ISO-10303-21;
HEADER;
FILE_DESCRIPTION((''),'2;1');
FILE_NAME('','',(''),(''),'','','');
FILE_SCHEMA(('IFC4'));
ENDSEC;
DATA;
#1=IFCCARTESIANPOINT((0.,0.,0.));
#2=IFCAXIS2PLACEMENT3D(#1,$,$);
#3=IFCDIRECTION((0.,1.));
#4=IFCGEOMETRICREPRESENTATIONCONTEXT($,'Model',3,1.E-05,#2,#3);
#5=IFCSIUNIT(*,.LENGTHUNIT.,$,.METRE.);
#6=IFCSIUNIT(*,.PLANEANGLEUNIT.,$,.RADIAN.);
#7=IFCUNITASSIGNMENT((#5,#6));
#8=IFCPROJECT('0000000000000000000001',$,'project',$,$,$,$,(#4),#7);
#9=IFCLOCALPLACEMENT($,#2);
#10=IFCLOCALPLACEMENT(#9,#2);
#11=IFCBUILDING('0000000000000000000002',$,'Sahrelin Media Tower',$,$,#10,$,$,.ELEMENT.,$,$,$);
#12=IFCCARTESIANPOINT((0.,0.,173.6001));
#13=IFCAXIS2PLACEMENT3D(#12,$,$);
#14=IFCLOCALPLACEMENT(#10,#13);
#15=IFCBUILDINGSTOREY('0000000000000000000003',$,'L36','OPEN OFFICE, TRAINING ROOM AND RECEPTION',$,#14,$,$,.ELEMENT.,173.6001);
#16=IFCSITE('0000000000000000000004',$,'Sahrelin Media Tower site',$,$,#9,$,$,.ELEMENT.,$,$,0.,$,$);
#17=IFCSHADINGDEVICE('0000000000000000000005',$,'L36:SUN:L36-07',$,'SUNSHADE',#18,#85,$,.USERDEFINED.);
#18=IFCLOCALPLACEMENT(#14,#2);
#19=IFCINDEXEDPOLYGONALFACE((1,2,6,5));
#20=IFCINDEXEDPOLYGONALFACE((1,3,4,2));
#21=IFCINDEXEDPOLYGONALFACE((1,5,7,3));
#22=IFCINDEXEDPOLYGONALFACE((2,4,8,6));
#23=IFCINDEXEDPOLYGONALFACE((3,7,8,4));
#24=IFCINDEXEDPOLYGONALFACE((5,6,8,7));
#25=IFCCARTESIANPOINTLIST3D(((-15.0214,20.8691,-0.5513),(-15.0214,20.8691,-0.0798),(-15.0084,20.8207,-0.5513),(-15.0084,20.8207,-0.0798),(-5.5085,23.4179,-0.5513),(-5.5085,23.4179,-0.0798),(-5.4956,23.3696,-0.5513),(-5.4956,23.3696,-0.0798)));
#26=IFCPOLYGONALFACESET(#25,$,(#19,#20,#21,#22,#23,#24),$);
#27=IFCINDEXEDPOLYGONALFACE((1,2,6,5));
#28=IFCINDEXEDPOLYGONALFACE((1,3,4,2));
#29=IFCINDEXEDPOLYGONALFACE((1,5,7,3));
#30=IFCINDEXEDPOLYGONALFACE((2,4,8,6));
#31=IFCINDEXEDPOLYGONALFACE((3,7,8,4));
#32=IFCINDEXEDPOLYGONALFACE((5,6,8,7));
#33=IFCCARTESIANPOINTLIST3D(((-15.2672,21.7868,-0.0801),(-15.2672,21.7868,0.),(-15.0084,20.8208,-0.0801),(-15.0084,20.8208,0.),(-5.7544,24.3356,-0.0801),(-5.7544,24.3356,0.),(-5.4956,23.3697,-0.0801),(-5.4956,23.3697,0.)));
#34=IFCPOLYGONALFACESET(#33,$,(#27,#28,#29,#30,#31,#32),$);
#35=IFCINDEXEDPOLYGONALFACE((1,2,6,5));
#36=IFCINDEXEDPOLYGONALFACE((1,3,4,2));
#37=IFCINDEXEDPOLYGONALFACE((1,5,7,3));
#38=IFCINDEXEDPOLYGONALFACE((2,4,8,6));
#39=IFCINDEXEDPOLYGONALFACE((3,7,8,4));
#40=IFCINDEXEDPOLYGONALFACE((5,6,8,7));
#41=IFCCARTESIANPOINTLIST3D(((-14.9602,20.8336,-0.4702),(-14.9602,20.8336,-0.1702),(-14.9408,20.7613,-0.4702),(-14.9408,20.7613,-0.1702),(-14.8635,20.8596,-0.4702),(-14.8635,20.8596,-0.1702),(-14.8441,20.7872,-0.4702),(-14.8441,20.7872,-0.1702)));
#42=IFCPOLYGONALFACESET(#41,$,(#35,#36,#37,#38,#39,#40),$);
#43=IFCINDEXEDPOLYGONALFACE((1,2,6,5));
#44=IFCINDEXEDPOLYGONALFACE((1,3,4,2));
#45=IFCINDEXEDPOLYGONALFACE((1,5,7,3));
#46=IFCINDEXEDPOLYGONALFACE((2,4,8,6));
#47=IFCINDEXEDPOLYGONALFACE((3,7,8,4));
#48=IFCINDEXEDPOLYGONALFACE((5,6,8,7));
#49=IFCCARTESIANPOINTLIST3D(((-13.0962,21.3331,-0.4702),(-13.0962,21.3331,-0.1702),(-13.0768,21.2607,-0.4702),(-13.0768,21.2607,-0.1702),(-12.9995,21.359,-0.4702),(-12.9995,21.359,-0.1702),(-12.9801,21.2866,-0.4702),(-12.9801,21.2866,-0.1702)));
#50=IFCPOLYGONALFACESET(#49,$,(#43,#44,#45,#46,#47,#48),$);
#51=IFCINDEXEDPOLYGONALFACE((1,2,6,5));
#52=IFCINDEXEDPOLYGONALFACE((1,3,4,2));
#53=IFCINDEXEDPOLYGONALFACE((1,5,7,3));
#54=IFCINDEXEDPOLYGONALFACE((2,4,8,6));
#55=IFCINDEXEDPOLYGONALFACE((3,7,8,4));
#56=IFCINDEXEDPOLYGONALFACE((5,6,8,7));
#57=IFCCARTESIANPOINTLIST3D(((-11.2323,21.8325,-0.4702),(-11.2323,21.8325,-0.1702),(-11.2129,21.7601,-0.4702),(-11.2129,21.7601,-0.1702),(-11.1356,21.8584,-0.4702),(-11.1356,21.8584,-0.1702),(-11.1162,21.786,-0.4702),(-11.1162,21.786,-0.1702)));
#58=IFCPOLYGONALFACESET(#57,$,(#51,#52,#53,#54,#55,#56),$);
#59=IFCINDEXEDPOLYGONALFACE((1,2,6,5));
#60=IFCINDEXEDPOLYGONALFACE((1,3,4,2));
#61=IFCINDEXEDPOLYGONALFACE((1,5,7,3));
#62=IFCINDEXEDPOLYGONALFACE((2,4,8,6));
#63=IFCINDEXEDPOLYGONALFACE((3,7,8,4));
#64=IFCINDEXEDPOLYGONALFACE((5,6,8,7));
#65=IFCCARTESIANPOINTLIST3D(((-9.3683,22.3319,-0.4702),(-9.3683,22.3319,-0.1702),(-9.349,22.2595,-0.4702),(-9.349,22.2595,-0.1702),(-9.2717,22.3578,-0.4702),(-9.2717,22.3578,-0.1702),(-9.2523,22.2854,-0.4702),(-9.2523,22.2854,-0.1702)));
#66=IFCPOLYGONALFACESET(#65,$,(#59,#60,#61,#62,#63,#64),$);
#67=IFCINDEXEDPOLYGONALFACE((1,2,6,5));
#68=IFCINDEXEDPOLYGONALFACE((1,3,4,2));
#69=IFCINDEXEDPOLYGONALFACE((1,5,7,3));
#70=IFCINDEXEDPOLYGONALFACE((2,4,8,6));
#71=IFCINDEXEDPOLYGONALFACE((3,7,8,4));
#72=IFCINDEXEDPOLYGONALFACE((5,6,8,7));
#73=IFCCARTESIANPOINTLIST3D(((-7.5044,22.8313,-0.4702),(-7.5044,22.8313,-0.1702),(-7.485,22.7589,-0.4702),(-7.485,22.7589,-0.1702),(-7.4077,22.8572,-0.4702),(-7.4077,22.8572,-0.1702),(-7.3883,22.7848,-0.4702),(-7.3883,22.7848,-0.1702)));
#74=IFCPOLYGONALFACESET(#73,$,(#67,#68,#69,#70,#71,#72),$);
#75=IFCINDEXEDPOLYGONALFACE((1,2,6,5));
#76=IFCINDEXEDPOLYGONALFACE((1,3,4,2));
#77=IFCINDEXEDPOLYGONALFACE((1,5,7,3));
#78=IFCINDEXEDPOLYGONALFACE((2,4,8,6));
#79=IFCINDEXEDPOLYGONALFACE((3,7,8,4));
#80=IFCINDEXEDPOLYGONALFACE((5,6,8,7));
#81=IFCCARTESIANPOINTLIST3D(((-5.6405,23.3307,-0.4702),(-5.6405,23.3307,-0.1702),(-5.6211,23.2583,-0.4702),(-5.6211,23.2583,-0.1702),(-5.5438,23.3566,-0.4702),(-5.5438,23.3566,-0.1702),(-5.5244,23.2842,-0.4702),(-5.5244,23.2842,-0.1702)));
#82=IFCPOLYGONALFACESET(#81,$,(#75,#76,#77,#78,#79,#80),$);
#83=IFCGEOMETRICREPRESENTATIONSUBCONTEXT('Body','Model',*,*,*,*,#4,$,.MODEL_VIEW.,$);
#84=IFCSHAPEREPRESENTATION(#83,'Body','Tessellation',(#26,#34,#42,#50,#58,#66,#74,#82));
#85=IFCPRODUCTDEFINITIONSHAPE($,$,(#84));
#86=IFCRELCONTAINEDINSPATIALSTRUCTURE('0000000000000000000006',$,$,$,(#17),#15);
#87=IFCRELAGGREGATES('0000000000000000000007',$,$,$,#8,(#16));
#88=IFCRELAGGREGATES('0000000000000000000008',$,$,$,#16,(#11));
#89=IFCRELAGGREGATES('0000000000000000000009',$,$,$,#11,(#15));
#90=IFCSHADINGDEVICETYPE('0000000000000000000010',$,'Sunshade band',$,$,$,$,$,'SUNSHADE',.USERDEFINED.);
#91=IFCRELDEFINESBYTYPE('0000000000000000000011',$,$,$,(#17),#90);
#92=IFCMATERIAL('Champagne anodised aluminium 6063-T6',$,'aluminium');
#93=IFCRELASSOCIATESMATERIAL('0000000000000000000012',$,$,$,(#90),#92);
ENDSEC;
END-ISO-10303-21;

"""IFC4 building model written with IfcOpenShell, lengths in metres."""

from ifc_helpers import new_model, si_unit, direction, frame, origin, origin_2d, place, context, subcontext, project, spatial, rectangle, extrude, material, type_object, element, save


model = new_model("IFC4")

# Units and contexts
model_context = context("Model", 3, precision=1e-05, world=origin(), true_north=direction((0.0, 1.0)))
body_context = subcontext(model_context, "Body", "Model", "MODEL_VIEW")
ifc_project = project(units=[si_unit("LENGTHUNIT", "METRE"), si_unit("PLANEANGLEUNIT", "RADIAN")], contexts=[model_context])

# Site, building, storey
site_placement = place(None, origin())
site = spatial("IfcSite", under=ifc_project, at=site_placement, Name="Sahrelin Media Tower site", CompositionType="ELEMENT", RefElevation=0.0)
building_placement = place(site_placement, origin())
building = spatial("IfcBuilding", under=site, at=building_placement, Name="Sahrelin Media Tower", CompositionType="ELEMENT")
storey_placement = place(building_placement, frame((0.0, 0.0, 173.6001)))
storey = spatial("IfcBuildingStorey", under=building, at=storey_placement, Name="L36", Description="OPEN OFFICE, TRAINING ROOM AND RECEPTION", CompositionType="ELEMENT", Elevation=173.6001)

# Shared definitions
ifc_material_1 = material(Name="Champagne anodised aluminium 6063-T6", Category="aluminium")

# Shared definitions
placement_1 = place(storey_placement, frame((-10.2468, 22.0759, 0.0), z_axis=(0.0, 0.0, 1.0), x_axis=(0.965929, 0.258808, 0.0)))

# Shading device
shading_device_type_1 = type_object("IfcShadingDeviceType", Name="Sunshade band", ElementType="SUNSHADE", PredefinedType="USERDEFINED", material=ifc_material_1)
element("IfcShadingDevice", 1, at=placement_1, inside=storey, type_object=shading_device_type_1, Name="L36:SUN:L36-07", ObjectType="SUNSHADE", PredefinedType="USERDEFINED", context=body_context, shape_type="SweptSolid", body=[
    extrude(rectangle(XDim=9.8484, YDim=0.05, at=origin_2d()), frame((0.0, 0.0449, -0.5513)), (0.0, 0.0, 1.0), 0.4714),
    extrude(rectangle(XDim=9.8484, YDim=1.0, at=origin_2d()), frame((0.0, 0.52, -0.0801)), (0.0, 0.0, 1.0), 0.0801),
    extrude(rectangle(XDim=0.1001, YDim=0.075, at=origin_2d()), frame((-4.8242, -0.0176, -0.4702)), (0.0, 0.0, 1.0), 0.3),
    extrude(rectangle(XDim=0.1001, YDim=0.075, at=origin_2d()), frame((-2.8945, -0.0176, -0.4702)), (0.0, 0.0, 1.0), 0.3),
    extrude(rectangle(XDim=0.1001, YDim=0.075, at=origin_2d()), frame((-0.9648, -0.0176, -0.4702)), (0.0, 0.0, 1.0), 0.3),
    extrude(rectangle(XDim=0.1001, YDim=0.075, at=origin_2d()), frame((0.9648, -0.0176, -0.4702)), (0.0, 0.0, 1.0), 0.3),
    extrude(rectangle(XDim=0.1001, YDim=0.075, at=origin_2d()), frame((2.8945, -0.0176, -0.4702)), (0.0, 0.0, 1.0), 0.3),
    extrude(rectangle(XDim=0.1001, YDim=0.075, at=origin_2d()), frame((4.8242, -0.0176, -0.4702)), (0.0, 0.0, 1.0), 0.3),
])

save(model, "model.ifc")
